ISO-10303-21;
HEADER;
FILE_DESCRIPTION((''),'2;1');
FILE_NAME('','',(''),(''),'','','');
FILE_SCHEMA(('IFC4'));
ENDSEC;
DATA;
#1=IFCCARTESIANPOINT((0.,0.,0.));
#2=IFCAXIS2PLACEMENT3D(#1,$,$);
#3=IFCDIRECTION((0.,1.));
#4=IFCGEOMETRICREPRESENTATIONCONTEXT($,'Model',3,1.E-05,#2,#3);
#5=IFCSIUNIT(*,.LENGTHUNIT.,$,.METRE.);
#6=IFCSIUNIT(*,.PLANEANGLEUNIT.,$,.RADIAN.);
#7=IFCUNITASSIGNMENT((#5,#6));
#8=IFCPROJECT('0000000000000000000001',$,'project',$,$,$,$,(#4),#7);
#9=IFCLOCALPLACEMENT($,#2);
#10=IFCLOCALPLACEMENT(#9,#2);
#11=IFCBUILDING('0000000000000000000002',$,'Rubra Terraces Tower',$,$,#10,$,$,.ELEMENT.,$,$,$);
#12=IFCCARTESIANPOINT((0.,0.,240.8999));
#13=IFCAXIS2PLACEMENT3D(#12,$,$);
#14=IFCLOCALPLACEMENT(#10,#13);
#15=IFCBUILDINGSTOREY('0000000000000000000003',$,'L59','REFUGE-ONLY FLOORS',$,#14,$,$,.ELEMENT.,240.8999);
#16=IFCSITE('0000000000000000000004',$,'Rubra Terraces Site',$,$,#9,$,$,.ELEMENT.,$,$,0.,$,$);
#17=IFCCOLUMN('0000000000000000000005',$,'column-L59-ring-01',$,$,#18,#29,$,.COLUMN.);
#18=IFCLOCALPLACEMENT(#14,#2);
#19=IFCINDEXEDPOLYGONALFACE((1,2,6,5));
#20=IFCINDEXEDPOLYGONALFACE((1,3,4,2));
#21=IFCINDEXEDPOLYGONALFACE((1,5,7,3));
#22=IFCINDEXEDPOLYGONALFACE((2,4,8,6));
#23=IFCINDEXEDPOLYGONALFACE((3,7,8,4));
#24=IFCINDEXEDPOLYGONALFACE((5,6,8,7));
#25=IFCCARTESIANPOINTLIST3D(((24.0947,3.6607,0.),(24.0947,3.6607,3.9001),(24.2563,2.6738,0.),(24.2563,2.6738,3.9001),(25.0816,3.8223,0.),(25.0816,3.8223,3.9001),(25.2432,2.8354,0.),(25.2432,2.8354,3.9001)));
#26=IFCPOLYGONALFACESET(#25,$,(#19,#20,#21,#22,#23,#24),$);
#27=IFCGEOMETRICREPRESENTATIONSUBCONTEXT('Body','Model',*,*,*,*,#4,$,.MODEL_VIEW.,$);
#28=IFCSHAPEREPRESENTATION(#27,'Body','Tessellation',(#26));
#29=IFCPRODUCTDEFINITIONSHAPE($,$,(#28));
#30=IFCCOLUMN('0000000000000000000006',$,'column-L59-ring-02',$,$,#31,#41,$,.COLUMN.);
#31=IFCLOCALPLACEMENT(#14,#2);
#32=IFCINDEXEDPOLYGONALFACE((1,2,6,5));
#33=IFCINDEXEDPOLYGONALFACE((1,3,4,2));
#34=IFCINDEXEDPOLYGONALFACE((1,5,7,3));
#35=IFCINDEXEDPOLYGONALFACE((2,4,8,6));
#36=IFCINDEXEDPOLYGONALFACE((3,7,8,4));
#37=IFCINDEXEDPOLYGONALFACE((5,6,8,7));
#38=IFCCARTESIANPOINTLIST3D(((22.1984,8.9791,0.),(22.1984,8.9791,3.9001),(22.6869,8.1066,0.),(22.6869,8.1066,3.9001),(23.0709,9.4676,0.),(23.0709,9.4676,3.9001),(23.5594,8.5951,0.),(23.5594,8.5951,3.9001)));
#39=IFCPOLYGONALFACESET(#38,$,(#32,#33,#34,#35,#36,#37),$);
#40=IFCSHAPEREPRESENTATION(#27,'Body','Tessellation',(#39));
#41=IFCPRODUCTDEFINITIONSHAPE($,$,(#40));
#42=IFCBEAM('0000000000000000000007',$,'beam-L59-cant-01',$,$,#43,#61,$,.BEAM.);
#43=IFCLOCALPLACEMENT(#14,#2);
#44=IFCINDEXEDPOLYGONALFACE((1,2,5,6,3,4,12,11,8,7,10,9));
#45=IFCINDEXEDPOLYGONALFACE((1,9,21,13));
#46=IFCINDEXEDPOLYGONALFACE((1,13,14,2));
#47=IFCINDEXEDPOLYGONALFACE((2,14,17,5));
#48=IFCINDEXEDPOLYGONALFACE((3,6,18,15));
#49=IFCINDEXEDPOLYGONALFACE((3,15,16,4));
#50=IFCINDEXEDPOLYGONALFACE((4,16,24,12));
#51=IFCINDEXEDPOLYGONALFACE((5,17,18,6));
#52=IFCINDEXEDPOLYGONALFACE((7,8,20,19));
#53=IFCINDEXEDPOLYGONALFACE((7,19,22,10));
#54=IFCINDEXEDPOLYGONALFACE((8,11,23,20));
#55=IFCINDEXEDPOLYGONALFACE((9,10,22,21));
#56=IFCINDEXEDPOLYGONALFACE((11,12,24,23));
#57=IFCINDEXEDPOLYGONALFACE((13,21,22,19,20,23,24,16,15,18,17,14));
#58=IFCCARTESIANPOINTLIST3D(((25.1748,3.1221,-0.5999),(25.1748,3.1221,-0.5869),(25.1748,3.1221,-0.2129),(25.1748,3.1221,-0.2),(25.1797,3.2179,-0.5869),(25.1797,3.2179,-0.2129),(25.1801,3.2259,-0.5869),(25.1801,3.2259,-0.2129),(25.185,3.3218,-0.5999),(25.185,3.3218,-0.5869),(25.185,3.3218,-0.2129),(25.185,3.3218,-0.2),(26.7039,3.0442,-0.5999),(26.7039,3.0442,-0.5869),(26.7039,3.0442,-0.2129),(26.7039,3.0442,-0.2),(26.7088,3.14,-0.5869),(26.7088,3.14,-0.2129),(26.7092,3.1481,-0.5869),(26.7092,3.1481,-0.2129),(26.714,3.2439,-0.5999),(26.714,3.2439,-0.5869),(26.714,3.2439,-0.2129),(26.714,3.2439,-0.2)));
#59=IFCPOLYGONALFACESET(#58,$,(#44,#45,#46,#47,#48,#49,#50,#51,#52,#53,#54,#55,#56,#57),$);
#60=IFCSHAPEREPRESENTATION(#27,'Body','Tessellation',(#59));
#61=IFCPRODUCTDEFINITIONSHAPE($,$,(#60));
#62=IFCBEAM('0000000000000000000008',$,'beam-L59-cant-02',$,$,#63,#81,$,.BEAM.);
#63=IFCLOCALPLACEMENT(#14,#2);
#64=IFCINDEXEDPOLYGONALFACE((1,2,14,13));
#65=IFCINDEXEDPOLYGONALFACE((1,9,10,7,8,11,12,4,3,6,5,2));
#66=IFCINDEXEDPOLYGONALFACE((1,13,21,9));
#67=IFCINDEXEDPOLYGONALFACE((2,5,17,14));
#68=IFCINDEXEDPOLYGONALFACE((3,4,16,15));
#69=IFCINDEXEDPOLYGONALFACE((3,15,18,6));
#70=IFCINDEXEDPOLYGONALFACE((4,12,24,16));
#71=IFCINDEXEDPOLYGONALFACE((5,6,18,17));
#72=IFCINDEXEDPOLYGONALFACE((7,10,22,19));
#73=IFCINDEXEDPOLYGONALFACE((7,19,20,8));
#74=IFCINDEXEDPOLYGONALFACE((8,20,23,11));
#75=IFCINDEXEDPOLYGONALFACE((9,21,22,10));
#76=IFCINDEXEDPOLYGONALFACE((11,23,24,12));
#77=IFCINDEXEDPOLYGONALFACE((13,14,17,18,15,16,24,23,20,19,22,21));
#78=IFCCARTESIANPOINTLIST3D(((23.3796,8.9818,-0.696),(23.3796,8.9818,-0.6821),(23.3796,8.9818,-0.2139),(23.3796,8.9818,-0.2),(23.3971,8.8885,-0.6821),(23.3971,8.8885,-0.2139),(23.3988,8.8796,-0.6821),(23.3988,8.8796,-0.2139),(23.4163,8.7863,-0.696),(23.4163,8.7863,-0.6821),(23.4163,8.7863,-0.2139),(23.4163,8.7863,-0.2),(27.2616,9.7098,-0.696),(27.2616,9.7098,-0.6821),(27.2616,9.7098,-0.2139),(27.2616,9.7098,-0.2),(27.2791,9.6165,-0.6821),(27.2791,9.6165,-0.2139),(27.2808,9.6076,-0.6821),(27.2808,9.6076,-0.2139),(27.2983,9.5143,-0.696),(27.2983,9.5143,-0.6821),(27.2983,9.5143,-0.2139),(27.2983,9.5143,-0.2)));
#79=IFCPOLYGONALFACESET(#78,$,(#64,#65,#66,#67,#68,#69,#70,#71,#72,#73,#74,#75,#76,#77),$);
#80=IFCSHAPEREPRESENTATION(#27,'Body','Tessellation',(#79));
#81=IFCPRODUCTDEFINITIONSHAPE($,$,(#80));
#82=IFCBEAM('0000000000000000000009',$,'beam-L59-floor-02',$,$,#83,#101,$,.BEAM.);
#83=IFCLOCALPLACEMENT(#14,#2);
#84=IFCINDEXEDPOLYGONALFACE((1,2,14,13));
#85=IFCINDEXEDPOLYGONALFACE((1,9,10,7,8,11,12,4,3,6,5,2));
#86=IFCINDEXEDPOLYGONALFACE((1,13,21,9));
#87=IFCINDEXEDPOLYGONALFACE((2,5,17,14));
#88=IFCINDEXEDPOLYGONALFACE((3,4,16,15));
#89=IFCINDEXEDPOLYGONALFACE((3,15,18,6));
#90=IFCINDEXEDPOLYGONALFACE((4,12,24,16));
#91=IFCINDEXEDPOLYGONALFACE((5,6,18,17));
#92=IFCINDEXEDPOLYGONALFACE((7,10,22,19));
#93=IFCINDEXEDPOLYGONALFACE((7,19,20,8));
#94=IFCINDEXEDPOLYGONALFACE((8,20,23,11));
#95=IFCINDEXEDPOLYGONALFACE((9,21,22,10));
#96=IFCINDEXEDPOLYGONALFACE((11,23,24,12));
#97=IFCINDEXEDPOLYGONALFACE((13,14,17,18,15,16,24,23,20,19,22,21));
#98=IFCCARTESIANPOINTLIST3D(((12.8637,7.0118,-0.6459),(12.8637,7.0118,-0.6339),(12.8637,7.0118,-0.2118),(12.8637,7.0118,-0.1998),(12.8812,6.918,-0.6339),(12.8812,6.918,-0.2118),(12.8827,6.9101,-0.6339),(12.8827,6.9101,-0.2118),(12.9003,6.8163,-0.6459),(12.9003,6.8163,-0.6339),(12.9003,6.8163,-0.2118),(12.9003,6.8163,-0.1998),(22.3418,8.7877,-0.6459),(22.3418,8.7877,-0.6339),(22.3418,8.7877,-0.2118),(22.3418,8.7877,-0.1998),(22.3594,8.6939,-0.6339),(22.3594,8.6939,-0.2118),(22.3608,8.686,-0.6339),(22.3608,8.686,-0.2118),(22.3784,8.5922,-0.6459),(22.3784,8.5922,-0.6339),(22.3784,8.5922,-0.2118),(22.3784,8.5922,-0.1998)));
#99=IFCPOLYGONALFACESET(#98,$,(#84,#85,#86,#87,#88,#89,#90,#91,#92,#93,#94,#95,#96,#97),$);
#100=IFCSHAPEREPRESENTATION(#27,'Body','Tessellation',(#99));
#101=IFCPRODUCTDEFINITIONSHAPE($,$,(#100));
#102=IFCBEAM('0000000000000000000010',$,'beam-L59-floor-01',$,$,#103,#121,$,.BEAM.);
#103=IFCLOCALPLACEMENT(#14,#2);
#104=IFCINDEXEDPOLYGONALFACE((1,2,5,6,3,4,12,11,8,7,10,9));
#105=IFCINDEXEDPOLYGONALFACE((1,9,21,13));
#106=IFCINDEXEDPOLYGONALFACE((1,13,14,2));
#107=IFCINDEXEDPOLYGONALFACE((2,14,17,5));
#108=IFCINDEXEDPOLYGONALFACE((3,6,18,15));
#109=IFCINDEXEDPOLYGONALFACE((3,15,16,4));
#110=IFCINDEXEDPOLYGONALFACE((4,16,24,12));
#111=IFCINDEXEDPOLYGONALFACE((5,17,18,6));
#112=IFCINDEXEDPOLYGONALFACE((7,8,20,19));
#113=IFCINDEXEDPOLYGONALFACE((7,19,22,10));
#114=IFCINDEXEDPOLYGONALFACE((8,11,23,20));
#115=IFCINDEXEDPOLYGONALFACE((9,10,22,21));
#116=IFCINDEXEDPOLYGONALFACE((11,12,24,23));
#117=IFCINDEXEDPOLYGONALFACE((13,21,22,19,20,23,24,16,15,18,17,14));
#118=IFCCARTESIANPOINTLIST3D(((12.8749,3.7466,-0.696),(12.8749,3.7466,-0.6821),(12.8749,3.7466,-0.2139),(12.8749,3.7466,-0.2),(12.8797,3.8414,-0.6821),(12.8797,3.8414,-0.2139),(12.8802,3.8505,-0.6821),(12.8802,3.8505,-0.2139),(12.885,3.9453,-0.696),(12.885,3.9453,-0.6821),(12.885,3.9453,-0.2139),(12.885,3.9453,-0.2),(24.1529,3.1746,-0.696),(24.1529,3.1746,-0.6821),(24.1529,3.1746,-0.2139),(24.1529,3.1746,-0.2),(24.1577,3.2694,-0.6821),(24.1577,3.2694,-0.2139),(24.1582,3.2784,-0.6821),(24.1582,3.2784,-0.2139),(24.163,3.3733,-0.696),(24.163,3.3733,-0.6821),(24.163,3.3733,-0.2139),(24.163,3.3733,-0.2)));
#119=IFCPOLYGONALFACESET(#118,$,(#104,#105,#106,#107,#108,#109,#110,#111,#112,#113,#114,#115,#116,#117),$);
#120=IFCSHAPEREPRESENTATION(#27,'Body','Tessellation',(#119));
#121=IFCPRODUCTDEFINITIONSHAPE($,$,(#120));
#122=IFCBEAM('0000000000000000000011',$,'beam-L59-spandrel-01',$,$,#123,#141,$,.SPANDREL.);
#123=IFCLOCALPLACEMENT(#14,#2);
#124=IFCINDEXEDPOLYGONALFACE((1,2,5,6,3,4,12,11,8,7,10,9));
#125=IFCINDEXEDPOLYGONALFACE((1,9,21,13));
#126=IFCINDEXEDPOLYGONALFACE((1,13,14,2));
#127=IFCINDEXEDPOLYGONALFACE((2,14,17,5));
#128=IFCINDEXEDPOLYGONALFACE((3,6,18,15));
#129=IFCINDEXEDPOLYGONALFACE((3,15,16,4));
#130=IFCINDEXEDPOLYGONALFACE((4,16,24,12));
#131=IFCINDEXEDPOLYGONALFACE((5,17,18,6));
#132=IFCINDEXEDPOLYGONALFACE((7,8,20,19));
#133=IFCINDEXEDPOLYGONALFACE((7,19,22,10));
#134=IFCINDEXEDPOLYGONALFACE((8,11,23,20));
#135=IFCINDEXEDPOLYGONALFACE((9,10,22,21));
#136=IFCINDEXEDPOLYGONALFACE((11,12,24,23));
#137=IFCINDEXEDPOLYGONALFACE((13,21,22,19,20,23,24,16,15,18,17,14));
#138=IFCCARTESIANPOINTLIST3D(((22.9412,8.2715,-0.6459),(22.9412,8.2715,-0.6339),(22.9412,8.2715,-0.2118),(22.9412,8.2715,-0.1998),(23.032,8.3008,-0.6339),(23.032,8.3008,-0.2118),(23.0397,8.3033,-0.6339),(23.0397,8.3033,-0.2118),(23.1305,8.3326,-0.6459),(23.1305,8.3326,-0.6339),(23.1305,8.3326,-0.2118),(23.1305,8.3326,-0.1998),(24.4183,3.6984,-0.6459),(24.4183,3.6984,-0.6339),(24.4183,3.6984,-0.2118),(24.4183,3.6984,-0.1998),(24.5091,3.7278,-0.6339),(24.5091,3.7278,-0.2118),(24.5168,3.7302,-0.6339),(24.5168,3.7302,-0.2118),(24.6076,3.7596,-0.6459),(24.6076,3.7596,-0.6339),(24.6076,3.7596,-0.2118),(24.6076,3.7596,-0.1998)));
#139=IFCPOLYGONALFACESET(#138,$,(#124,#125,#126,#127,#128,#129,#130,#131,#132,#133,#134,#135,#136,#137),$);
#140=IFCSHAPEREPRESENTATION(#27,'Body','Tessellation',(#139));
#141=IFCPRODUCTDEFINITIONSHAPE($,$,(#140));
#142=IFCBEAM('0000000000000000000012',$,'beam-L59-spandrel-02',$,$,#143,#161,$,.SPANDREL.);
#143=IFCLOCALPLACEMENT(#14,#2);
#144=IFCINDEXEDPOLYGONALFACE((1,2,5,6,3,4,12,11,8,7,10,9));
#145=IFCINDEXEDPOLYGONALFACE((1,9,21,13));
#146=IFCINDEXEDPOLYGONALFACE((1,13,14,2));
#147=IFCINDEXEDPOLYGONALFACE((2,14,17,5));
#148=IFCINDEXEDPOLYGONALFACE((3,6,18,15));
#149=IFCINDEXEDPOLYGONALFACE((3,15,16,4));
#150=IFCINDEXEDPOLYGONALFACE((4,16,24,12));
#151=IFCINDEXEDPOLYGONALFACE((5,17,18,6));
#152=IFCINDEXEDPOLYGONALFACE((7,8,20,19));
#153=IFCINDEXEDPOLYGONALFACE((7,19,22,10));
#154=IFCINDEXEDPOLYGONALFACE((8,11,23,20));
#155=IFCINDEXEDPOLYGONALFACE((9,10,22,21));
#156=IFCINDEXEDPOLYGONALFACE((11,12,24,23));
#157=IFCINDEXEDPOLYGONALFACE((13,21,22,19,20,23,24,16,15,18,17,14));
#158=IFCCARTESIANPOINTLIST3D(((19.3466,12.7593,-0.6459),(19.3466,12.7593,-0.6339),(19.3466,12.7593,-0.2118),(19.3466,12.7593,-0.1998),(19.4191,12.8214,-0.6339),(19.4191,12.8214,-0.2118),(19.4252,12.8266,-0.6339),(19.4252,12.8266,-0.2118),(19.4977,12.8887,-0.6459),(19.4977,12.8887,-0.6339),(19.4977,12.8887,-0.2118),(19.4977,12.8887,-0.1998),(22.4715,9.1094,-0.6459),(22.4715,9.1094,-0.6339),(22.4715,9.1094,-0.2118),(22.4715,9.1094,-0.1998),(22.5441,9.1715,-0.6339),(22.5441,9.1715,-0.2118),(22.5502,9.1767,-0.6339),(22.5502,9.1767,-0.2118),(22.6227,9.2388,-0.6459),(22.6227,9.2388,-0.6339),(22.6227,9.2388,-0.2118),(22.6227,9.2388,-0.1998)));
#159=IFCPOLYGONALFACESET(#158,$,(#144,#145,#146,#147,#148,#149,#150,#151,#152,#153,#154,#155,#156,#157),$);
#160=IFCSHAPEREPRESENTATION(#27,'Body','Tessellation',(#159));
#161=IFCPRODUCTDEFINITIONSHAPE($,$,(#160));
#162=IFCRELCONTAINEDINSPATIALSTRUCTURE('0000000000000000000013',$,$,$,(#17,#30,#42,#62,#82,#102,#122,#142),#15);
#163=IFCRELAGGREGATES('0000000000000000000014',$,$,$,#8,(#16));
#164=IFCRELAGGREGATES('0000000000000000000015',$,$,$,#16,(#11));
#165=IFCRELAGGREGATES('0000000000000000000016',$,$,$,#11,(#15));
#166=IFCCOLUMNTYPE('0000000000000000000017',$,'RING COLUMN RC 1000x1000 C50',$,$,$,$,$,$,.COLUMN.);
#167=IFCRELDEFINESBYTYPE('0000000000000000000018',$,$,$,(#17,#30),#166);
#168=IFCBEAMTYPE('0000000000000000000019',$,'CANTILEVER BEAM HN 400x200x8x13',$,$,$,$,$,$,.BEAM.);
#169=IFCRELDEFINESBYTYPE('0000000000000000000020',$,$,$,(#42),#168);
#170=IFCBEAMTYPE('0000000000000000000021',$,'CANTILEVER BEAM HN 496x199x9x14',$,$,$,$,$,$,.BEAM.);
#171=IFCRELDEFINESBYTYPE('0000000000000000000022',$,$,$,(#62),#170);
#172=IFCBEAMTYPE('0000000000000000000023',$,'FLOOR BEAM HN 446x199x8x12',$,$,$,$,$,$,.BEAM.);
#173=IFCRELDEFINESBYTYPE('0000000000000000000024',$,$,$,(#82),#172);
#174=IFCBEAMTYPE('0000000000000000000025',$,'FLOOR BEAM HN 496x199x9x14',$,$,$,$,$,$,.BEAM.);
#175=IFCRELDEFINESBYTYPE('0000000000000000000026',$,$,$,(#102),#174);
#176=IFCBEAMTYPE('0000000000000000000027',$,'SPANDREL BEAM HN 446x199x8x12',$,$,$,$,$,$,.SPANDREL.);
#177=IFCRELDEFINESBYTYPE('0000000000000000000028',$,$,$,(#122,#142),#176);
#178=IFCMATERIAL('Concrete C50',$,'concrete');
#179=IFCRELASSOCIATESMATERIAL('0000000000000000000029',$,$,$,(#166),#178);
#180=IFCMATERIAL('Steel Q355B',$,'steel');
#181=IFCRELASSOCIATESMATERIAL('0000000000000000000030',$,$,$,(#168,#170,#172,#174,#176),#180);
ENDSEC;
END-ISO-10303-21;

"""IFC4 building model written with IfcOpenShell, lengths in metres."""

from ifc_helpers import new_model, si_unit, direction, frame, origin, origin_2d, place, context, subcontext, project, spatial, rectangle, i_section, extrude, material, material_profile, profile_set, type_object, element, save


model = new_model("IFC4")

# Units and contexts
model_context = context("Model", 3, precision=1e-05, world=origin(), true_north=direction((0.0, 1.0)))
body_context = subcontext(model_context, "Body", "Model", "MODEL_VIEW")
ifc_project = project(units=[si_unit("LENGTHUNIT", "METRE"), si_unit("PLANEANGLEUNIT", "RADIAN")], contexts=[model_context])

# Site, building, storey
site_placement = place(None, origin())
site = spatial("IfcSite", under=ifc_project, at=site_placement, Name="Rubra Terraces Site", CompositionType="ELEMENT", RefElevation=0.0)
building_placement = place(site_placement, origin())
building = spatial("IfcBuilding", under=site, at=building_placement, Name="Rubra Terraces Tower", CompositionType="ELEMENT")
storey_placement = place(building_placement, frame((0.0, 0.0, 240.8999)))
storey = spatial("IfcBuildingStorey", under=building, at=storey_placement, Name="L59", Description="REFUGE-ONLY FLOORS", CompositionType="ELEMENT", Elevation=240.8999)

# Columns
ifc_material_1 = material(Name="Concrete C50", Category="concrete")
ifc_material_profile_1 = material_profile(ifc_material_1, rectangle(XDim=1.0, YDim=1.0, at=origin_2d()), Name="RC 1000x1000")
ifc_profile_set_1 = profile_set([ifc_material_profile_1], Name="Concrete C50")
column_type = type_object("IfcColumnType", Name="RING COLUMN RC 1000x1000 C50", PredefinedType="COLUMN", material=ifc_profile_set_1)
for number, where, z_axis, x_axis, name in (
    (1, (24.6689, 3.248, 0.0), (0.0, 0.0, 1.0), (-0.161559, 0.986863, 0.0), "column-L59-ring-01"),
    (2, (22.8789, 8.7871, 0.0), (0.0, 0.0, 1.0), (-0.488526, 0.872549, 0.0), "column-L59-ring-02"),
):
    element("IfcColumn", number, at=place(storey_placement, frame(where, z_axis=z_axis, x_axis=x_axis)), inside=storey, type_object=column_type, Name=name, PredefinedType="COLUMN", context=body_context, shape_type="SweptSolid", body=[
        extrude(rectangle(XDim=1.0, YDim=1.0, at=origin_2d()), origin(), (0.0, 0.0, 1.0), 3.9001),
    ])

# Beams
ifc_material_2 = material(Name="Steel Q355B", Category="steel")
ifc_material_profile_2 = material_profile(ifc_material_2, i_section(OverallWidth=0.2, OverallDepth=0.3999, WebThickness=0.0081, FlangeThickness=0.0129, at=origin_2d()), Name="HN 400x200x8x13")
ifc_profile_set_2 = profile_set([ifc_material_profile_2], Name="Steel Q355B")
beam_type_1 = type_object("IfcBeamType", Name="CANTILEVER BEAM HN 400x200x8x13", PredefinedType="BEAM", material=ifc_profile_set_2)
beam_1_placement = place(storey_placement, frame((25.1799, 3.2219, -0.3999), z_axis=(0.998705, -0.050868, 0.0), x_axis=(0.050868, 0.998705, 0.0)))
element("IfcBeam", 3, at=beam_1_placement, inside=storey, type_object=beam_type_1, Name="beam-L59-cant-01", PredefinedType="BEAM", context=body_context, shape_type="SweptSolid", body=[
    extrude(i_section(OverallWidth=0.2, OverallDepth=0.3999, WebThickness=0.0081, FlangeThickness=0.0129, at=origin_2d()), origin(), (0.0, 0.0, 1.0), 1.531),
])
ifc_material_profile_3 = material_profile(ifc_material_2, i_section(OverallWidth=0.199, OverallDepth=0.4961, WebThickness=0.009, FlangeThickness=0.0139, at=origin_2d()), Name="HN 496x199x9x14")
ifc_profile_set_3 = profile_set([ifc_material_profile_3], Name="Steel Q355B")
beam_type_2 = type_object("IfcBeamType", Name="CANTILEVER BEAM HN 496x199x9x14", PredefinedType="BEAM", material=ifc_profile_set_3)
beam_2_placement = place(storey_placement, frame((23.3979, 8.884, -0.448), z_axis=(0.982866, 0.184322, 0.0), x_axis=(-0.184322, 0.982866, 0.0)))
element("IfcBeam", 4, at=beam_2_placement, inside=storey, type_object=beam_type_2, Name="beam-L59-cant-02", PredefinedType="BEAM", context=body_context, shape_type="SweptSolid", body=[
    extrude(i_section(OverallWidth=0.199, OverallDepth=0.4961, WebThickness=0.009, FlangeThickness=0.0139, at=origin_2d()), origin(), (0.0, 0.0, 1.0), 3.9497),
])
ifc_material_profile_4 = material_profile(ifc_material_2, i_section(OverallWidth=0.199, OverallDepth=0.446, WebThickness=0.0081, FlangeThickness=0.012, at=origin_2d()), Name="HN 446x199x8x12")
ifc_profile_set_4 = profile_set([ifc_material_profile_4], Name="Steel Q355B")
beam_type_3 = type_object("IfcBeamType", Name="FLOOR BEAM HN 446x199x8x12", PredefinedType="BEAM", material=ifc_profile_set_4)
beam_3_placement = place(storey_placement, frame((22.3601, 8.6899, -0.4229), z_axis=(-0.982896, -0.184163, 0.0), x_axis=(0.184163, -0.982896, 0.0)))
element("IfcBeam", 5, at=beam_3_placement, inside=storey, type_object=beam_type_3, Name="beam-L59-floor-02", PredefinedType="BEAM", context=body_context, shape_type="SweptSolid", body=[
    extrude(i_section(OverallWidth=0.199, OverallDepth=0.446, WebThickness=0.0081, FlangeThickness=0.012, at=origin_2d()), origin(), (0.0, 0.0, 1.0), 9.6431),
])
ifc_material_profile_5 = material_profile(ifc_material_2, i_section(OverallWidth=0.199, OverallDepth=0.4961, WebThickness=0.009, FlangeThickness=0.0139, at=origin_2d()), Name="HN 496x199x9x14")
ifc_profile_set_5 = profile_set([ifc_material_profile_5], Name="Steel Q355B")
beam_type_4 = type_object("IfcBeamType", Name="FLOOR BEAM HN 496x199x9x14", PredefinedType="BEAM", material=ifc_profile_set_5)
beam_4_placement = place(storey_placement, frame((24.158, 3.2739, -0.448), z_axis=(-0.998716, 0.050655, 0.0), x_axis=(-0.050655, -0.998716, 0.0)))
element("IfcBeam", 6, at=beam_4_placement, inside=storey, type_object=beam_type_4, Name="beam-L59-floor-01", PredefinedType="BEAM", context=body_context, shape_type="SweptSolid", body=[
    extrude(i_section(OverallWidth=0.199, OverallDepth=0.4961, WebThickness=0.009, FlangeThickness=0.0139, at=origin_2d()), origin(), (0.0, 0.0, 1.0), 11.2925),
])
ifc_material_profile_6 = material_profile(ifc_material_2, i_section(OverallWidth=0.199, OverallDepth=0.446, WebThickness=0.0081, FlangeThickness=0.012, at=origin_2d()), Name="HN 446x199x8x12")
ifc_profile_set_6 = profile_set([ifc_material_profile_6], Name="Steel Q355B")
beam_type_5 = type_object("IfcBeamType", Name="SPANDREL BEAM HN 446x199x8x12", PredefinedType="SPANDREL", material=ifc_profile_set_6)
beam_5_placement = place(storey_placement, frame((24.5129, 3.729, -0.4229), z_axis=(-0.307359, 0.951594, 0.0), x_axis=(-0.951594, -0.307359, 0.0)))
element("IfcBeam", 7, at=beam_5_placement, inside=storey, type_object=beam_type_5, Name="beam-L59-spandrel-01", PredefinedType="SPANDREL", context=body_context, shape_type="SweptSolid", body=[
    extrude(i_section(OverallWidth=0.199, OverallDepth=0.446, WebThickness=0.0081, FlangeThickness=0.012, at=origin_2d()), origin(), (0.0, 0.0, 1.0), 4.8057),
])
beam_6_placement = place(storey_placement, frame((22.5471, 9.1741, -0.4229), z_axis=(-0.650373, 0.759615, 0.0), x_axis=(-0.759615, -0.650373, 0.0)))
element("IfcBeam", 8, at=beam_6_placement, inside=storey, type_object=beam_type_5, Name="beam-L59-spandrel-02", PredefinedType="SPANDREL", context=body_context, shape_type="SweptSolid", body=[
    extrude(i_section(OverallWidth=0.199, OverallDepth=0.446, WebThickness=0.0081, FlangeThickness=0.012, at=origin_2d()), origin(), (0.0, 0.0, 1.0), 4.8049),
])

save(model, "model.ifc")
